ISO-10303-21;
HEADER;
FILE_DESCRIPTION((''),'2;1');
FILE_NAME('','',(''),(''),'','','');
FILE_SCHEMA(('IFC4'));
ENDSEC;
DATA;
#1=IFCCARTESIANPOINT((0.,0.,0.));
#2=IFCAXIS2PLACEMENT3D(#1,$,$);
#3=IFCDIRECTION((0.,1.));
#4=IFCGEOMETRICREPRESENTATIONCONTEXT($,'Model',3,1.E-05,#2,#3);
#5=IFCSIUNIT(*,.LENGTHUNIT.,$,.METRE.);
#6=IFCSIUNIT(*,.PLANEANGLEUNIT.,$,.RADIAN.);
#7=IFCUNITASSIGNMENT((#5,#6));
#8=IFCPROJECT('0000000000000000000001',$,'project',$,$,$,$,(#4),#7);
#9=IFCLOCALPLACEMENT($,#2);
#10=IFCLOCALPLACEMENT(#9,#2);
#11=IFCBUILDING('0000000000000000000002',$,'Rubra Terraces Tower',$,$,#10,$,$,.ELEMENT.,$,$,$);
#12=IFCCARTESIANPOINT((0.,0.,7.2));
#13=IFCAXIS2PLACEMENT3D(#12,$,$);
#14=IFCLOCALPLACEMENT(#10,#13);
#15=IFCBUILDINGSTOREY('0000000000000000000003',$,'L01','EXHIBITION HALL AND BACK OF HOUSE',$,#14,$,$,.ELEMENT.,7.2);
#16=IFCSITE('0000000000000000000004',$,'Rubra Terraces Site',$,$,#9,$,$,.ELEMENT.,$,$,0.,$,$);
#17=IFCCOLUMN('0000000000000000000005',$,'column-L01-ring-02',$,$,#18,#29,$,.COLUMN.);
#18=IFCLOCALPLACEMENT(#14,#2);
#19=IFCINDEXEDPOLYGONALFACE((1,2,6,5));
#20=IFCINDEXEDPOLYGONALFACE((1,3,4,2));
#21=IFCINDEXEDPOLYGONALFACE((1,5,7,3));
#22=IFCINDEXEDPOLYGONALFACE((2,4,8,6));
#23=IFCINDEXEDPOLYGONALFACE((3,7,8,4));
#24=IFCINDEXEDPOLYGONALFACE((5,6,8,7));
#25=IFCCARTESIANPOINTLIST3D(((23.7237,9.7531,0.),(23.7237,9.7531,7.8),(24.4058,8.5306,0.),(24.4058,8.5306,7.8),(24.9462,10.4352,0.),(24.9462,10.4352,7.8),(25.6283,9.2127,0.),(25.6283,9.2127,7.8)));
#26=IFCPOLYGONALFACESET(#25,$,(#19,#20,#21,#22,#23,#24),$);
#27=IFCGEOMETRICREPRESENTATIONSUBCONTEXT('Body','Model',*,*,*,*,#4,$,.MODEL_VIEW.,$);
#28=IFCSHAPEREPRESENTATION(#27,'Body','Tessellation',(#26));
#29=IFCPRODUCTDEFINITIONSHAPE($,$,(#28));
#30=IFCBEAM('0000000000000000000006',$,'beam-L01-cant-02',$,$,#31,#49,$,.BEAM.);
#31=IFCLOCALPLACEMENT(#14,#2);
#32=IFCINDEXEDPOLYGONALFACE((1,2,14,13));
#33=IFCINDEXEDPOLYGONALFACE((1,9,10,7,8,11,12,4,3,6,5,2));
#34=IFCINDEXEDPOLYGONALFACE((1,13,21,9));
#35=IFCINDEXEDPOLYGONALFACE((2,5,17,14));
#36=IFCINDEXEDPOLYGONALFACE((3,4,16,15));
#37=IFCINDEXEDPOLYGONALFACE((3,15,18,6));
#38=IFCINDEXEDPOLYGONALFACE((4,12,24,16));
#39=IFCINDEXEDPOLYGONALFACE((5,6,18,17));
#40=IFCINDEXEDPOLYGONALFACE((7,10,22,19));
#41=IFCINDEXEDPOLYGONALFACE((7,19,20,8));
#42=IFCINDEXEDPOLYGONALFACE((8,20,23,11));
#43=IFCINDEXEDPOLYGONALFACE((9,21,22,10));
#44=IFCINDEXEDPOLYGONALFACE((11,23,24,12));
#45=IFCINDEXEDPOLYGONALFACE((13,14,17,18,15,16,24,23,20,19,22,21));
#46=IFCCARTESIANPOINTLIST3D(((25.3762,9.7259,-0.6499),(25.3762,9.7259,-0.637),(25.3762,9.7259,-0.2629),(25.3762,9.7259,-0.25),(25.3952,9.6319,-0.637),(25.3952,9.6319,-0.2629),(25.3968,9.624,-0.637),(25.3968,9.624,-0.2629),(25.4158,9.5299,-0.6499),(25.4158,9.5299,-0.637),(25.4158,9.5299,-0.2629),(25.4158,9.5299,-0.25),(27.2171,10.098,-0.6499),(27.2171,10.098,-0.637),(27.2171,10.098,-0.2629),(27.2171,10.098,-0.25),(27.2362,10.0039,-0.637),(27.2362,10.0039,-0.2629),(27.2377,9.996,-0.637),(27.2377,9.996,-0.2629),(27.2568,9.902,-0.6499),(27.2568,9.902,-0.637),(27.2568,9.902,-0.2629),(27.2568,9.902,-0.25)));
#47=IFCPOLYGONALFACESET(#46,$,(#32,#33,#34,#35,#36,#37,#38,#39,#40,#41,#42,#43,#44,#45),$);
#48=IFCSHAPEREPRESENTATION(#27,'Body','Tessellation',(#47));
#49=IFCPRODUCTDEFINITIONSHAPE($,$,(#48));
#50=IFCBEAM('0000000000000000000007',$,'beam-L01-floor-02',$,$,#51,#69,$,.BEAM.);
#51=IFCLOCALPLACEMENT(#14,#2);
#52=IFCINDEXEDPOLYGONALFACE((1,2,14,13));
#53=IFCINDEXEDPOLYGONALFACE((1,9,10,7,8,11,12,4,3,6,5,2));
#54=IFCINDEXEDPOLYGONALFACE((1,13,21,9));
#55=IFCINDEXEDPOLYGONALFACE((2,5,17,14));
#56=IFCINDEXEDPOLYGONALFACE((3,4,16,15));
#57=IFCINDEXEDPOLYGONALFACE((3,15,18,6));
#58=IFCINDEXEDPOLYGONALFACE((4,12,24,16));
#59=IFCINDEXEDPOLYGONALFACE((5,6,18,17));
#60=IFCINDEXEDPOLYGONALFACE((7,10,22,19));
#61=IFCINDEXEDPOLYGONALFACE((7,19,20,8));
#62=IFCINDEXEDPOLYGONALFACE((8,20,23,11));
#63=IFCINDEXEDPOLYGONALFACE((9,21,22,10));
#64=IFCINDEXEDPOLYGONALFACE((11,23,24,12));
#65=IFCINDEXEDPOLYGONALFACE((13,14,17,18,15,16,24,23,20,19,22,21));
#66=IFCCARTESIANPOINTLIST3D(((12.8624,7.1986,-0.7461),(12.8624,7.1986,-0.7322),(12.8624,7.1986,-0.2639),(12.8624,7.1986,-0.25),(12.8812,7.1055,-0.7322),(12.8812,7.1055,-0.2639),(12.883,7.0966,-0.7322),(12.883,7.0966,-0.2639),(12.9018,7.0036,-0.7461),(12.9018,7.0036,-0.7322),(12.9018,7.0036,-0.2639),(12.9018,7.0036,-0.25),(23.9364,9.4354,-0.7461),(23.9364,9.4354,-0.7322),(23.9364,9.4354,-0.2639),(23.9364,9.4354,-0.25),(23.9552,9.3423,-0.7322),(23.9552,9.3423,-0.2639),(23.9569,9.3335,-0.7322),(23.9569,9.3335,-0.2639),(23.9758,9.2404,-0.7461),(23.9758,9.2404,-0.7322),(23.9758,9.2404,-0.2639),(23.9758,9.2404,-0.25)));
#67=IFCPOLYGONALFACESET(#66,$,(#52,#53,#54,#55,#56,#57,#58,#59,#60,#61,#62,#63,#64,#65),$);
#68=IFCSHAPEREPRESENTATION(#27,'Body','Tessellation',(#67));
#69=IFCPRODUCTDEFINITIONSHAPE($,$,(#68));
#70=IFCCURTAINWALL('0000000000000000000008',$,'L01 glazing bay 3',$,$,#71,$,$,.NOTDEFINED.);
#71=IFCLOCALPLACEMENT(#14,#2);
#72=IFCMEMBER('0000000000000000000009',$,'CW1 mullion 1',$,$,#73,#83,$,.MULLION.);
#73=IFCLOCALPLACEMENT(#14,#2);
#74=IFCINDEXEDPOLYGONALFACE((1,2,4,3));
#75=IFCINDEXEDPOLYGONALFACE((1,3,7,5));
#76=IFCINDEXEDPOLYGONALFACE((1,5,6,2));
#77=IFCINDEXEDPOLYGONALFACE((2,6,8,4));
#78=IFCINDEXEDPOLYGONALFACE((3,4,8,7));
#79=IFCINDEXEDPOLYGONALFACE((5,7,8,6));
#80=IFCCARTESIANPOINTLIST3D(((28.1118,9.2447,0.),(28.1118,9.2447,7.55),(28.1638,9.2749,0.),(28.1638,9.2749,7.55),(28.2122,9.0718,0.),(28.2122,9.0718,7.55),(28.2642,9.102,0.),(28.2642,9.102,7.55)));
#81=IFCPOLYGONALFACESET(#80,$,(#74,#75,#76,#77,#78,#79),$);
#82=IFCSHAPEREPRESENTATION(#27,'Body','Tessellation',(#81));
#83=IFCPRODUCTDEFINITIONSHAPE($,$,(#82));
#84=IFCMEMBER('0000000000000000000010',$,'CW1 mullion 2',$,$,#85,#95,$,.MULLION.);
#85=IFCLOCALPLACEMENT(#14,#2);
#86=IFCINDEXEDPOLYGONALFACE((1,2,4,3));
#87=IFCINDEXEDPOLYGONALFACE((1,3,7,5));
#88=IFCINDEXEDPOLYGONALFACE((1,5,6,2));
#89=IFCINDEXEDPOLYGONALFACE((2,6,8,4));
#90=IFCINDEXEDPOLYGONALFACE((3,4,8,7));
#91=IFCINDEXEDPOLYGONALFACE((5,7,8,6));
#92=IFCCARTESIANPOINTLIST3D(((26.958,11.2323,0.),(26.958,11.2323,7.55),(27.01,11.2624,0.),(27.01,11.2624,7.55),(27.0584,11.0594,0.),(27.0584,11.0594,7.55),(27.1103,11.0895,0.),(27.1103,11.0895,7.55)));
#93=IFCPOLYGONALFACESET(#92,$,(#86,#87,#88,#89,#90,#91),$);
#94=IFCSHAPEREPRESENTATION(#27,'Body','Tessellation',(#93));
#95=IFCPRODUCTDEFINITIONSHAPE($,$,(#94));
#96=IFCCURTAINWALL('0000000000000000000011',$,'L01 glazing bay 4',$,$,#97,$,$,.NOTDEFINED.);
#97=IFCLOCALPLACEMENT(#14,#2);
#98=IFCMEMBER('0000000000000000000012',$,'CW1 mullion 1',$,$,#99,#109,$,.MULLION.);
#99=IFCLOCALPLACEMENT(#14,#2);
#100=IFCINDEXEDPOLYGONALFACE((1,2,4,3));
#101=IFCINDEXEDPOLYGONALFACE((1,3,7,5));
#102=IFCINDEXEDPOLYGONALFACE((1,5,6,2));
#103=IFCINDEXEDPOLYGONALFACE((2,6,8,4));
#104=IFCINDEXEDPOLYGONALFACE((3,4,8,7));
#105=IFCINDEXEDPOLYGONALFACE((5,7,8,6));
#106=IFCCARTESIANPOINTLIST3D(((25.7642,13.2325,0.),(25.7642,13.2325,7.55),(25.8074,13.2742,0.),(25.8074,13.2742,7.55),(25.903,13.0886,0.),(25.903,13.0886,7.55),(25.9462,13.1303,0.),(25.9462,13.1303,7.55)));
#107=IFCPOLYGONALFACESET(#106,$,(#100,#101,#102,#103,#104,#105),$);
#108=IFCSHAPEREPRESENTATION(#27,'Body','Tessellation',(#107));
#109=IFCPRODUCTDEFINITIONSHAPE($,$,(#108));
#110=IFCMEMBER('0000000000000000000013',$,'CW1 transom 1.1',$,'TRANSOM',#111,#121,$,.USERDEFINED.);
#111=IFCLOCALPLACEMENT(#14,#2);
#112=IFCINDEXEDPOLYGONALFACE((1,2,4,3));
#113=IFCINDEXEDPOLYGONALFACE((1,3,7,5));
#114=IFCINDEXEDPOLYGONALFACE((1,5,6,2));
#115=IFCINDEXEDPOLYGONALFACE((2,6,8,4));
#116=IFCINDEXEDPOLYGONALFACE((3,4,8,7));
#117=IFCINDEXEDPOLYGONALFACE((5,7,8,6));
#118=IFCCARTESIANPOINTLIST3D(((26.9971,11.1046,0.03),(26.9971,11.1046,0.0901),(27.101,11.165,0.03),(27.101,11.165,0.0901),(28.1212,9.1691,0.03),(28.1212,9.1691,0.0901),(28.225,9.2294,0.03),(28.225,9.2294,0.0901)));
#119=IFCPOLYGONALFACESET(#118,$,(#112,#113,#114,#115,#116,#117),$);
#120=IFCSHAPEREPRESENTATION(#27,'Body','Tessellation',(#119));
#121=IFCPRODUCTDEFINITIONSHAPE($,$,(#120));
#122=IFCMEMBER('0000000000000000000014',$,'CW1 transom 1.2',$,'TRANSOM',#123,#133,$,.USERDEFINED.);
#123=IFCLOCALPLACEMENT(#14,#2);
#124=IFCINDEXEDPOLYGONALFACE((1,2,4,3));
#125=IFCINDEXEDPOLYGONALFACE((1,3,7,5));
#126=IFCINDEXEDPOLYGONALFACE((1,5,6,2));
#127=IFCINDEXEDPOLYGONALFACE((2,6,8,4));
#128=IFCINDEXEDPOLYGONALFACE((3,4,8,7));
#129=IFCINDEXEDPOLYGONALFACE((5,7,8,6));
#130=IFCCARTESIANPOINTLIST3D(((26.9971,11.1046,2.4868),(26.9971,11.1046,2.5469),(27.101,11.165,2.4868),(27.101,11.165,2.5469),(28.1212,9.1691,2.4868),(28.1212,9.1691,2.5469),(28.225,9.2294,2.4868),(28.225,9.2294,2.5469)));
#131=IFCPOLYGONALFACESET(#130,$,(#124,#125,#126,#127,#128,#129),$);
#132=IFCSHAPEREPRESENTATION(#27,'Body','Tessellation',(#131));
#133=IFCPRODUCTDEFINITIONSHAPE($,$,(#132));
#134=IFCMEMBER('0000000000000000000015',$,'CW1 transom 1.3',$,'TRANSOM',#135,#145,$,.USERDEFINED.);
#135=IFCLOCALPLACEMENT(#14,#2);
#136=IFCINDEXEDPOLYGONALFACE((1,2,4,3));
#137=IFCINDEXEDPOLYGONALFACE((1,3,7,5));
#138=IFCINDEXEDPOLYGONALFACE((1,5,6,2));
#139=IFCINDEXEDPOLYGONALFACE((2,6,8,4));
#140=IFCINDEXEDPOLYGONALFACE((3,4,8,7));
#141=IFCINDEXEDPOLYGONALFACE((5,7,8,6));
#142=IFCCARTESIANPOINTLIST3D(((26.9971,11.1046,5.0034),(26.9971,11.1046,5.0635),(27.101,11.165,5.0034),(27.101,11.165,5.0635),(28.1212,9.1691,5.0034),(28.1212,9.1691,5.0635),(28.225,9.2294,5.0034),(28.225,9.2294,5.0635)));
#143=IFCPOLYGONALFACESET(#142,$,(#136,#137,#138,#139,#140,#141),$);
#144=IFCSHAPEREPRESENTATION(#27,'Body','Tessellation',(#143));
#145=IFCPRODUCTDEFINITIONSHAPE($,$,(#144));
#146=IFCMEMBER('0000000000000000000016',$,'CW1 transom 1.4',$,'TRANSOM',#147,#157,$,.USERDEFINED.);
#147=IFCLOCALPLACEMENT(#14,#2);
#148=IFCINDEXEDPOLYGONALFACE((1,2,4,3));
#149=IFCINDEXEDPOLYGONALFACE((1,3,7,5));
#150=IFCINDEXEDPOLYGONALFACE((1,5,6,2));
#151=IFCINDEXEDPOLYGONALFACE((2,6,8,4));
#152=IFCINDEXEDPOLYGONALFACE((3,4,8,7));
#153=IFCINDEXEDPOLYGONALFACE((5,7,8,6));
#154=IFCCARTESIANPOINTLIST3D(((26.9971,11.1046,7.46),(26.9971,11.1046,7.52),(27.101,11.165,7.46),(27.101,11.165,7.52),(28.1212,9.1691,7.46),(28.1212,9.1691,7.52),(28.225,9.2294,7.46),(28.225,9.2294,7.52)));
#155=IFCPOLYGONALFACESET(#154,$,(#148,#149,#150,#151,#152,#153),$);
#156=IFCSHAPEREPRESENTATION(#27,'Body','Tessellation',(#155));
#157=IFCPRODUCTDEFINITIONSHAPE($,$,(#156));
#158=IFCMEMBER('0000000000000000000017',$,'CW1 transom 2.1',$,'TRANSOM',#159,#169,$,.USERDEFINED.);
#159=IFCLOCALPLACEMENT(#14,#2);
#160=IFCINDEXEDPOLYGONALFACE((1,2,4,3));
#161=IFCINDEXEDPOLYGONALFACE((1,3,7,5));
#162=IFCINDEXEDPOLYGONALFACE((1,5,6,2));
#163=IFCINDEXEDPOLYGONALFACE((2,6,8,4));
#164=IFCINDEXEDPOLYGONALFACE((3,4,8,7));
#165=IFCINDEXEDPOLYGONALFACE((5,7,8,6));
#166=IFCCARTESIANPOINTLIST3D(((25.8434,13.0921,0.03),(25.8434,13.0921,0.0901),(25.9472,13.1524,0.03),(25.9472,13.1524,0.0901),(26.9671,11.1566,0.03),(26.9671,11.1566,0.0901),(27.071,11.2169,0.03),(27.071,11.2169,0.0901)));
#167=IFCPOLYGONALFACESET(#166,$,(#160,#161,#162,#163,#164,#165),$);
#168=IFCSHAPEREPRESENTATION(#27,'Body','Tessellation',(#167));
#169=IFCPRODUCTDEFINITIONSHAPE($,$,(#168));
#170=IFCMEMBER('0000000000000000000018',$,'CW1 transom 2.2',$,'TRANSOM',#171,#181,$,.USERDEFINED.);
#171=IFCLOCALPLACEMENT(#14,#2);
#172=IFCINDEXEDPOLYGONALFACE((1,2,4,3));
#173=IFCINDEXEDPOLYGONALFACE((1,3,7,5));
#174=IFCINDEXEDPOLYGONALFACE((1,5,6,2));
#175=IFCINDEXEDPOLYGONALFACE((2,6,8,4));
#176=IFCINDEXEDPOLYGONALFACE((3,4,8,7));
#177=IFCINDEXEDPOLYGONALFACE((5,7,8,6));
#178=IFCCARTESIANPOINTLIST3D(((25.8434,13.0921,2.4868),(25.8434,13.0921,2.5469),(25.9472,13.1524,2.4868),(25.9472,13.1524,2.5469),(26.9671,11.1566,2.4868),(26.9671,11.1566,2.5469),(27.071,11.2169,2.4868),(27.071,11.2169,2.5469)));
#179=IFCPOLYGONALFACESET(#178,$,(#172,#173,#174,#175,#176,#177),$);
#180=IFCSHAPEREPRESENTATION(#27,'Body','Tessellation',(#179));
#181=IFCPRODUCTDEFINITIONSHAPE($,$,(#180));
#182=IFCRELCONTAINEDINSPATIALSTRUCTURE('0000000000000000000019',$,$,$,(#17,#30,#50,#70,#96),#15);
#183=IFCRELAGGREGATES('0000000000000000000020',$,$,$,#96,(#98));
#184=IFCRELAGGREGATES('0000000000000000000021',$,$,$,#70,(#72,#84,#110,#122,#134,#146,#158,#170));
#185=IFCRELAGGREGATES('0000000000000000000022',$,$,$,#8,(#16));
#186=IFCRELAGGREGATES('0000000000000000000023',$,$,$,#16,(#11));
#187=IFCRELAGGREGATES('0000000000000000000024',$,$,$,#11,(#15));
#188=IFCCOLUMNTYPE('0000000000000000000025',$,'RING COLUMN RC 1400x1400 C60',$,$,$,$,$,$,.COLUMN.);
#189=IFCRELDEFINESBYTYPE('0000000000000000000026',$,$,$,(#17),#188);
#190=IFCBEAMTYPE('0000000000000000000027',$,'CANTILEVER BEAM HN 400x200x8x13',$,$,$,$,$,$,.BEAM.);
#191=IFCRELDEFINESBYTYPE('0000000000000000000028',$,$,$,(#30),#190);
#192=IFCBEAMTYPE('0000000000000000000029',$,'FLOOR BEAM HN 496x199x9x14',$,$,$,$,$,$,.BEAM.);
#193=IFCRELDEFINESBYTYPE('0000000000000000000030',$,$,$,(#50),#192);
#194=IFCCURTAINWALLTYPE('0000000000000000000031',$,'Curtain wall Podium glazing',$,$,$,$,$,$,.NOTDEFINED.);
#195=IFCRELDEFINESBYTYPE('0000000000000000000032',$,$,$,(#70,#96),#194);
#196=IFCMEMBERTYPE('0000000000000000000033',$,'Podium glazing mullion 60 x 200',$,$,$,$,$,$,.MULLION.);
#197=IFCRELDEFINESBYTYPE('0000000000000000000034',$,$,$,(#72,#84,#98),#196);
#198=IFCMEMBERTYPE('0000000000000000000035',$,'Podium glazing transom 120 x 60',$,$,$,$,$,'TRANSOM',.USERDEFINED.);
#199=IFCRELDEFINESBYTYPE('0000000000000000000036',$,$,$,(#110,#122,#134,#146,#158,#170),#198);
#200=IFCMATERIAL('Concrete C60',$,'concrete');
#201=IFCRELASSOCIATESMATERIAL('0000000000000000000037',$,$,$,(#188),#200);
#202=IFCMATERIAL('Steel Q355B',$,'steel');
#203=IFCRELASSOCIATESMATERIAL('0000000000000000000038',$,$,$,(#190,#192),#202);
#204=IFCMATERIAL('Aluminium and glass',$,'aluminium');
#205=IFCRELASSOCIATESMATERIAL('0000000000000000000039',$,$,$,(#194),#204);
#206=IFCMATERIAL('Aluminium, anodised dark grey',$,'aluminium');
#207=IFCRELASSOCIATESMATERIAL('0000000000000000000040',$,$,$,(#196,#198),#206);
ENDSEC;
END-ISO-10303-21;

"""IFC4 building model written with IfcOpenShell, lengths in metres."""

from ifc_helpers import new_model, si_unit, direction, frame, origin, origin_2d, place, context, subcontext, project, spatial, rectangle, i_section, extrude, material, material_profile, profile_set, type_object, element, aggregate, save


model = new_model("IFC4")

# Units and contexts
model_context = context("Model", 3, precision=1e-05, world=origin(), true_north=direction((0.0, 1.0)))
body_context = subcontext(model_context, "Body", "Model", "MODEL_VIEW")
ifc_project = project(units=[si_unit("LENGTHUNIT", "METRE"), si_unit("PLANEANGLEUNIT", "RADIAN")], contexts=[model_context])

# Site, building, storey
site_placement = place(None, origin())
site = spatial("IfcSite", under=ifc_project, at=site_placement, Name="Rubra Terraces Site", CompositionType="ELEMENT", RefElevation=0.0)
building_placement = place(site_placement, origin())
building = spatial("IfcBuilding", under=site, at=building_placement, Name="Rubra Terraces Tower", CompositionType="ELEMENT")
storey_placement = place(building_placement, frame((0.0, 0.0, 7.2)))
storey = spatial("IfcBuildingStorey", under=building, at=storey_placement, Name="L01", Description="EXHIBITION HALL AND BACK OF HOUSE", CompositionType="ELEMENT", Elevation=7.2)

# Column
ifc_material_1 = material(Name="Concrete C60", Category="concrete")
ifc_material_profile_1 = material_profile(ifc_material_1, rectangle(XDim=1.3999, YDim=1.3999, at=origin_2d()), Name="RC 1400x1400")
ifc_profile_set_1 = profile_set([ifc_material_profile_1], Name="Concrete C60")
column_type = type_object("IfcColumnType", Name="RING COLUMN RC 1400x1400 C60", PredefinedType="COLUMN", material=ifc_profile_set_1)
column_placement = place(storey_placement, frame((24.676, 9.4829, 0.0), z_axis=(0.0, 0.0, 1.0), x_axis=(-0.487227, 0.873276, 0.0)))
element("IfcColumn", 1, at=column_placement, inside=storey, type_object=column_type, Name="column-L01-ring-02", PredefinedType="COLUMN", context=body_context, shape_type="SweptSolid", body=[
    extrude(rectangle(XDim=1.3999, YDim=1.3999, at=origin_2d()), origin(), (0.0, 0.0, 1.0), 7.8),
])

# Beams
ifc_material_2 = material(Name="Steel Q355B", Category="steel")
ifc_material_profile_2 = material_profile(ifc_material_2, i_section(OverallWidth=0.2, OverallDepth=0.3999, WebThickness=0.0081, FlangeThickness=0.0129, at=origin_2d()), Name="HN 400x200x8x13")
ifc_profile_set_2 = profile_set([ifc_material_profile_2], Name="Steel Q355B")
beam_type_1 = type_object("IfcBeamType", Name="CANTILEVER BEAM HN 400x200x8x13", PredefinedType="BEAM", material=ifc_profile_set_2)
beam_1_placement = place(storey_placement, frame((25.396, 9.6279, -0.45), z_axis=(0.980184, 0.19809, 0.0), x_axis=(-0.19809, 0.980184, 0.0)))
element("IfcBeam", 2, at=beam_1_placement, inside=storey, type_object=beam_type_1, Name="beam-L01-cant-02", PredefinedType="BEAM", context=body_context, shape_type="SweptSolid", body=[
    extrude(i_section(OverallWidth=0.2, OverallDepth=0.3999, WebThickness=0.0081, FlangeThickness=0.0129, at=origin_2d()), origin(), (0.0, 0.0, 1.0), 1.8782),
])
ifc_material_profile_3 = material_profile(ifc_material_2, i_section(OverallWidth=0.199, OverallDepth=0.4961, WebThickness=0.009, FlangeThickness=0.0139, at=origin_2d()), Name="HN 496x199x9x14")
ifc_profile_set_3 = profile_set([ifc_material_profile_3], Name="Steel Q355B")
beam_type_2 = type_object("IfcBeamType", Name="FLOOR BEAM HN 496x199x9x14", PredefinedType="BEAM", material=ifc_profile_set_3)
beam_2_placement = place(storey_placement, frame((23.9561, 9.3379, -0.498), z_axis=(-0.980204, -0.19799, 0.0), x_axis=(0.19799, -0.980204, 0.0)))
element("IfcBeam", 3, at=beam_2_placement, inside=storey, type_object=beam_type_2, Name="beam-L01-floor-02", PredefinedType="BEAM", context=body_context, shape_type="SweptSolid", body=[
    extrude(i_section(OverallWidth=0.199, OverallDepth=0.4961, WebThickness=0.009, FlangeThickness=0.0139, at=origin_2d()), origin(), (0.0, 0.0, 1.0), 11.2976),
])

# Curtain wall, members
ifc_material_3 = material(Name="Aluminium and glass", Category="aluminium")
curtain_wall_type = type_object("IfcCurtainWallType", Name="Curtain wall Podium glazing", PredefinedType="NOTDEFINED", material=ifc_material_3)
curtain_wall_1_placement = place(storey_placement, origin())
curtain_wall_1 = element("IfcCurtainWall", 4, at=curtain_wall_1_placement, inside=storey, type_object=curtain_wall_type, Name="L01 glazing bay 3", PredefinedType="NOTDEFINED")
ifc_material_4 = material(Name="Aluminium, anodised dark grey", Category="aluminium")
ifc_material_profile_4 = material_profile(ifc_material_4, rectangle(XDim=0.0601, YDim=0.2, at=origin_2d()), Name="AL 60x200")
ifc_profile_set_4 = profile_set([ifc_material_profile_4], Name="Aluminium, anodised dark grey")
member_type_1 = type_object("IfcMemberType", Name="Podium glazing mullion 60 x 200", PredefinedType="MULLION", material=ifc_profile_set_4)
member_1_placement = place(storey_placement, frame((28.188, 9.1733, 0.0), z_axis=(0.0, 0.0, 1.0), x_axis=(-0.864813, -0.502094, 0.0)))
member_1 = element("IfcMember", 5, at=member_1_placement, type_object=member_type_1, Name="CW1 mullion 1", PredefinedType="MULLION", context=body_context, shape_type="SweptSolid", body=[
    extrude(rectangle(XDim=0.0601, YDim=0.2, at=origin_2d()), origin(), (0.0, 0.0, 1.0), 7.55),
])
member_2_placement = place(storey_placement, frame((27.0342, 11.1609, 0.0), z_axis=(0.0, 0.0, 1.0), x_axis=(-0.864813, -0.502094, 0.0)))
member_2 = element("IfcMember", 6, at=member_2_placement, type_object=member_type_1, Name="CW1 mullion 2", PredefinedType="MULLION", context=body_context, shape_type="SweptSolid", body=[
    extrude(rectangle(XDim=0.0601, YDim=0.2, at=origin_2d()), origin(), (0.0, 0.0, 1.0), 7.55),
])

# Curtain wall, member
curtain_wall_2_placement = place(storey_placement, origin())
curtain_wall_2 = element("IfcCurtainWall", 7, at=curtain_wall_2_placement, inside=storey, type_object=curtain_wall_type, Name="L01 glazing bay 4", PredefinedType="NOTDEFINED")
member_3_placement = place(storey_placement, frame((25.8552, 13.1814, 0.0), z_axis=(0.0, 0.0, 1.0), x_axis=(-0.719825, -0.694156, 0.0)))
member_3 = element("IfcMember", 8, at=member_3_placement, type_object=member_type_1, Name="CW1 mullion 1", PredefinedType="MULLION", context=body_context, shape_type="SweptSolid", body=[
    extrude(rectangle(XDim=0.0601, YDim=0.2, at=origin_2d()), origin(), (0.0, 0.0, 1.0), 7.55),
])

# Members
ifc_material_profile_5 = material_profile(ifc_material_4, rectangle(XDim=0.1201, YDim=0.0601, at=origin_2d()), Name="AL 120x60")
ifc_profile_set_5 = profile_set([ifc_material_profile_5], Name="Aluminium, anodised dark grey")
member_type_2 = type_object("IfcMemberType", Name="Podium glazing transom 120 x 60", ElementType="TRANSOM", PredefinedType="USERDEFINED", material=ifc_profile_set_5)
member_4_placement = place(storey_placement, frame((28.1731, 9.1992, 0.0601), z_axis=(-0.502188, 0.864758, 0.0), x_axis=(-0.864758, -0.502188, 0.0)))
member_4 = element("IfcMember", 9, at=member_4_placement, type_object=member_type_2, Name="CW1 transom 1.1", ObjectType="TRANSOM", PredefinedType="USERDEFINED", context=body_context, shape_type="SweptSolid", body=[
    extrude(rectangle(XDim=0.1201, YDim=0.0601, at=origin_2d()), origin(), (0.0, 0.0, 1.0), 2.2383),
])
member_5_placement = place(storey_placement, frame((28.1731, 9.1992, 2.5168), z_axis=(-0.502188, 0.864758, 0.0), x_axis=(-0.864758, -0.502188, 0.0)))
member_5 = element("IfcMember", 10, at=member_5_placement, type_object=member_type_2, Name="CW1 transom 1.2", ObjectType="TRANSOM", PredefinedType="USERDEFINED", context=body_context, shape_type="SweptSolid", body=[
    extrude(rectangle(XDim=0.1201, YDim=0.0601, at=origin_2d()), origin(), (0.0, 0.0, 1.0), 2.2383),
])
member_6_placement = place(storey_placement, frame((28.1731, 9.1992, 5.0334), z_axis=(-0.502188, 0.864758, 0.0), x_axis=(-0.864758, -0.502188, 0.0)))
member_6 = element("IfcMember", 11, at=member_6_placement, type_object=member_type_2, Name="CW1 transom 1.3", ObjectType="TRANSOM", PredefinedType="USERDEFINED", context=body_context, shape_type="SweptSolid", body=[
    extrude(rectangle(XDim=0.1201, YDim=0.0601, at=origin_2d()), origin(), (0.0, 0.0, 1.0), 2.2383),
])
member_7_placement = place(storey_placement, frame((28.1731, 9.1992, 7.49), z_axis=(-0.502188, 0.864758, 0.0), x_axis=(-0.864758, -0.502188, 0.0)))
member_7 = element("IfcMember", 12, at=member_7_placement, type_object=member_type_2, Name="CW1 transom 1.4", ObjectType="TRANSOM", PredefinedType="USERDEFINED", context=body_context, shape_type="SweptSolid", body=[
    extrude(rectangle(XDim=0.1201, YDim=0.0601, at=origin_2d()), origin(), (0.0, 0.0, 1.0), 2.2383),
])
member_8_placement = place(storey_placement, frame((27.019, 11.1868, 0.0601), z_axis=(-0.502107, 0.864806, 0.0), x_axis=(-0.864806, -0.502107, 0.0)))
member_8 = element("IfcMember", 13, at=member_8_placement, type_object=member_type_2, Name="CW1 transom 2.1", ObjectType="TRANSOM", PredefinedType="USERDEFINED", context=body_context, shape_type="SweptSolid", body=[
    extrude(rectangle(XDim=0.1201, YDim=0.0601, at=origin_2d()), origin(), (0.0, 0.0, 1.0), 2.238),
])
member_9_placement = place(storey_placement, frame((27.019, 11.1868, 2.5168), z_axis=(-0.502107, 0.864806, 0.0), x_axis=(-0.864806, -0.502107, 0.0)))
member_9 = element("IfcMember", 14, at=member_9_placement, type_object=member_type_2, Name="CW1 transom 2.2", ObjectType="TRANSOM", PredefinedType="USERDEFINED", context=body_context, shape_type="SweptSolid", body=[
    extrude(rectangle(XDim=0.1201, YDim=0.0601, at=origin_2d()), origin(), (0.0, 0.0, 1.0), 2.238),
])
aggregate(curtain_wall_2, [member_3])

aggregate(curtain_wall_1, [member_1, member_2, member_4, member_5, member_6, member_7, member_8, member_9])

save(model, "model.ifc")
